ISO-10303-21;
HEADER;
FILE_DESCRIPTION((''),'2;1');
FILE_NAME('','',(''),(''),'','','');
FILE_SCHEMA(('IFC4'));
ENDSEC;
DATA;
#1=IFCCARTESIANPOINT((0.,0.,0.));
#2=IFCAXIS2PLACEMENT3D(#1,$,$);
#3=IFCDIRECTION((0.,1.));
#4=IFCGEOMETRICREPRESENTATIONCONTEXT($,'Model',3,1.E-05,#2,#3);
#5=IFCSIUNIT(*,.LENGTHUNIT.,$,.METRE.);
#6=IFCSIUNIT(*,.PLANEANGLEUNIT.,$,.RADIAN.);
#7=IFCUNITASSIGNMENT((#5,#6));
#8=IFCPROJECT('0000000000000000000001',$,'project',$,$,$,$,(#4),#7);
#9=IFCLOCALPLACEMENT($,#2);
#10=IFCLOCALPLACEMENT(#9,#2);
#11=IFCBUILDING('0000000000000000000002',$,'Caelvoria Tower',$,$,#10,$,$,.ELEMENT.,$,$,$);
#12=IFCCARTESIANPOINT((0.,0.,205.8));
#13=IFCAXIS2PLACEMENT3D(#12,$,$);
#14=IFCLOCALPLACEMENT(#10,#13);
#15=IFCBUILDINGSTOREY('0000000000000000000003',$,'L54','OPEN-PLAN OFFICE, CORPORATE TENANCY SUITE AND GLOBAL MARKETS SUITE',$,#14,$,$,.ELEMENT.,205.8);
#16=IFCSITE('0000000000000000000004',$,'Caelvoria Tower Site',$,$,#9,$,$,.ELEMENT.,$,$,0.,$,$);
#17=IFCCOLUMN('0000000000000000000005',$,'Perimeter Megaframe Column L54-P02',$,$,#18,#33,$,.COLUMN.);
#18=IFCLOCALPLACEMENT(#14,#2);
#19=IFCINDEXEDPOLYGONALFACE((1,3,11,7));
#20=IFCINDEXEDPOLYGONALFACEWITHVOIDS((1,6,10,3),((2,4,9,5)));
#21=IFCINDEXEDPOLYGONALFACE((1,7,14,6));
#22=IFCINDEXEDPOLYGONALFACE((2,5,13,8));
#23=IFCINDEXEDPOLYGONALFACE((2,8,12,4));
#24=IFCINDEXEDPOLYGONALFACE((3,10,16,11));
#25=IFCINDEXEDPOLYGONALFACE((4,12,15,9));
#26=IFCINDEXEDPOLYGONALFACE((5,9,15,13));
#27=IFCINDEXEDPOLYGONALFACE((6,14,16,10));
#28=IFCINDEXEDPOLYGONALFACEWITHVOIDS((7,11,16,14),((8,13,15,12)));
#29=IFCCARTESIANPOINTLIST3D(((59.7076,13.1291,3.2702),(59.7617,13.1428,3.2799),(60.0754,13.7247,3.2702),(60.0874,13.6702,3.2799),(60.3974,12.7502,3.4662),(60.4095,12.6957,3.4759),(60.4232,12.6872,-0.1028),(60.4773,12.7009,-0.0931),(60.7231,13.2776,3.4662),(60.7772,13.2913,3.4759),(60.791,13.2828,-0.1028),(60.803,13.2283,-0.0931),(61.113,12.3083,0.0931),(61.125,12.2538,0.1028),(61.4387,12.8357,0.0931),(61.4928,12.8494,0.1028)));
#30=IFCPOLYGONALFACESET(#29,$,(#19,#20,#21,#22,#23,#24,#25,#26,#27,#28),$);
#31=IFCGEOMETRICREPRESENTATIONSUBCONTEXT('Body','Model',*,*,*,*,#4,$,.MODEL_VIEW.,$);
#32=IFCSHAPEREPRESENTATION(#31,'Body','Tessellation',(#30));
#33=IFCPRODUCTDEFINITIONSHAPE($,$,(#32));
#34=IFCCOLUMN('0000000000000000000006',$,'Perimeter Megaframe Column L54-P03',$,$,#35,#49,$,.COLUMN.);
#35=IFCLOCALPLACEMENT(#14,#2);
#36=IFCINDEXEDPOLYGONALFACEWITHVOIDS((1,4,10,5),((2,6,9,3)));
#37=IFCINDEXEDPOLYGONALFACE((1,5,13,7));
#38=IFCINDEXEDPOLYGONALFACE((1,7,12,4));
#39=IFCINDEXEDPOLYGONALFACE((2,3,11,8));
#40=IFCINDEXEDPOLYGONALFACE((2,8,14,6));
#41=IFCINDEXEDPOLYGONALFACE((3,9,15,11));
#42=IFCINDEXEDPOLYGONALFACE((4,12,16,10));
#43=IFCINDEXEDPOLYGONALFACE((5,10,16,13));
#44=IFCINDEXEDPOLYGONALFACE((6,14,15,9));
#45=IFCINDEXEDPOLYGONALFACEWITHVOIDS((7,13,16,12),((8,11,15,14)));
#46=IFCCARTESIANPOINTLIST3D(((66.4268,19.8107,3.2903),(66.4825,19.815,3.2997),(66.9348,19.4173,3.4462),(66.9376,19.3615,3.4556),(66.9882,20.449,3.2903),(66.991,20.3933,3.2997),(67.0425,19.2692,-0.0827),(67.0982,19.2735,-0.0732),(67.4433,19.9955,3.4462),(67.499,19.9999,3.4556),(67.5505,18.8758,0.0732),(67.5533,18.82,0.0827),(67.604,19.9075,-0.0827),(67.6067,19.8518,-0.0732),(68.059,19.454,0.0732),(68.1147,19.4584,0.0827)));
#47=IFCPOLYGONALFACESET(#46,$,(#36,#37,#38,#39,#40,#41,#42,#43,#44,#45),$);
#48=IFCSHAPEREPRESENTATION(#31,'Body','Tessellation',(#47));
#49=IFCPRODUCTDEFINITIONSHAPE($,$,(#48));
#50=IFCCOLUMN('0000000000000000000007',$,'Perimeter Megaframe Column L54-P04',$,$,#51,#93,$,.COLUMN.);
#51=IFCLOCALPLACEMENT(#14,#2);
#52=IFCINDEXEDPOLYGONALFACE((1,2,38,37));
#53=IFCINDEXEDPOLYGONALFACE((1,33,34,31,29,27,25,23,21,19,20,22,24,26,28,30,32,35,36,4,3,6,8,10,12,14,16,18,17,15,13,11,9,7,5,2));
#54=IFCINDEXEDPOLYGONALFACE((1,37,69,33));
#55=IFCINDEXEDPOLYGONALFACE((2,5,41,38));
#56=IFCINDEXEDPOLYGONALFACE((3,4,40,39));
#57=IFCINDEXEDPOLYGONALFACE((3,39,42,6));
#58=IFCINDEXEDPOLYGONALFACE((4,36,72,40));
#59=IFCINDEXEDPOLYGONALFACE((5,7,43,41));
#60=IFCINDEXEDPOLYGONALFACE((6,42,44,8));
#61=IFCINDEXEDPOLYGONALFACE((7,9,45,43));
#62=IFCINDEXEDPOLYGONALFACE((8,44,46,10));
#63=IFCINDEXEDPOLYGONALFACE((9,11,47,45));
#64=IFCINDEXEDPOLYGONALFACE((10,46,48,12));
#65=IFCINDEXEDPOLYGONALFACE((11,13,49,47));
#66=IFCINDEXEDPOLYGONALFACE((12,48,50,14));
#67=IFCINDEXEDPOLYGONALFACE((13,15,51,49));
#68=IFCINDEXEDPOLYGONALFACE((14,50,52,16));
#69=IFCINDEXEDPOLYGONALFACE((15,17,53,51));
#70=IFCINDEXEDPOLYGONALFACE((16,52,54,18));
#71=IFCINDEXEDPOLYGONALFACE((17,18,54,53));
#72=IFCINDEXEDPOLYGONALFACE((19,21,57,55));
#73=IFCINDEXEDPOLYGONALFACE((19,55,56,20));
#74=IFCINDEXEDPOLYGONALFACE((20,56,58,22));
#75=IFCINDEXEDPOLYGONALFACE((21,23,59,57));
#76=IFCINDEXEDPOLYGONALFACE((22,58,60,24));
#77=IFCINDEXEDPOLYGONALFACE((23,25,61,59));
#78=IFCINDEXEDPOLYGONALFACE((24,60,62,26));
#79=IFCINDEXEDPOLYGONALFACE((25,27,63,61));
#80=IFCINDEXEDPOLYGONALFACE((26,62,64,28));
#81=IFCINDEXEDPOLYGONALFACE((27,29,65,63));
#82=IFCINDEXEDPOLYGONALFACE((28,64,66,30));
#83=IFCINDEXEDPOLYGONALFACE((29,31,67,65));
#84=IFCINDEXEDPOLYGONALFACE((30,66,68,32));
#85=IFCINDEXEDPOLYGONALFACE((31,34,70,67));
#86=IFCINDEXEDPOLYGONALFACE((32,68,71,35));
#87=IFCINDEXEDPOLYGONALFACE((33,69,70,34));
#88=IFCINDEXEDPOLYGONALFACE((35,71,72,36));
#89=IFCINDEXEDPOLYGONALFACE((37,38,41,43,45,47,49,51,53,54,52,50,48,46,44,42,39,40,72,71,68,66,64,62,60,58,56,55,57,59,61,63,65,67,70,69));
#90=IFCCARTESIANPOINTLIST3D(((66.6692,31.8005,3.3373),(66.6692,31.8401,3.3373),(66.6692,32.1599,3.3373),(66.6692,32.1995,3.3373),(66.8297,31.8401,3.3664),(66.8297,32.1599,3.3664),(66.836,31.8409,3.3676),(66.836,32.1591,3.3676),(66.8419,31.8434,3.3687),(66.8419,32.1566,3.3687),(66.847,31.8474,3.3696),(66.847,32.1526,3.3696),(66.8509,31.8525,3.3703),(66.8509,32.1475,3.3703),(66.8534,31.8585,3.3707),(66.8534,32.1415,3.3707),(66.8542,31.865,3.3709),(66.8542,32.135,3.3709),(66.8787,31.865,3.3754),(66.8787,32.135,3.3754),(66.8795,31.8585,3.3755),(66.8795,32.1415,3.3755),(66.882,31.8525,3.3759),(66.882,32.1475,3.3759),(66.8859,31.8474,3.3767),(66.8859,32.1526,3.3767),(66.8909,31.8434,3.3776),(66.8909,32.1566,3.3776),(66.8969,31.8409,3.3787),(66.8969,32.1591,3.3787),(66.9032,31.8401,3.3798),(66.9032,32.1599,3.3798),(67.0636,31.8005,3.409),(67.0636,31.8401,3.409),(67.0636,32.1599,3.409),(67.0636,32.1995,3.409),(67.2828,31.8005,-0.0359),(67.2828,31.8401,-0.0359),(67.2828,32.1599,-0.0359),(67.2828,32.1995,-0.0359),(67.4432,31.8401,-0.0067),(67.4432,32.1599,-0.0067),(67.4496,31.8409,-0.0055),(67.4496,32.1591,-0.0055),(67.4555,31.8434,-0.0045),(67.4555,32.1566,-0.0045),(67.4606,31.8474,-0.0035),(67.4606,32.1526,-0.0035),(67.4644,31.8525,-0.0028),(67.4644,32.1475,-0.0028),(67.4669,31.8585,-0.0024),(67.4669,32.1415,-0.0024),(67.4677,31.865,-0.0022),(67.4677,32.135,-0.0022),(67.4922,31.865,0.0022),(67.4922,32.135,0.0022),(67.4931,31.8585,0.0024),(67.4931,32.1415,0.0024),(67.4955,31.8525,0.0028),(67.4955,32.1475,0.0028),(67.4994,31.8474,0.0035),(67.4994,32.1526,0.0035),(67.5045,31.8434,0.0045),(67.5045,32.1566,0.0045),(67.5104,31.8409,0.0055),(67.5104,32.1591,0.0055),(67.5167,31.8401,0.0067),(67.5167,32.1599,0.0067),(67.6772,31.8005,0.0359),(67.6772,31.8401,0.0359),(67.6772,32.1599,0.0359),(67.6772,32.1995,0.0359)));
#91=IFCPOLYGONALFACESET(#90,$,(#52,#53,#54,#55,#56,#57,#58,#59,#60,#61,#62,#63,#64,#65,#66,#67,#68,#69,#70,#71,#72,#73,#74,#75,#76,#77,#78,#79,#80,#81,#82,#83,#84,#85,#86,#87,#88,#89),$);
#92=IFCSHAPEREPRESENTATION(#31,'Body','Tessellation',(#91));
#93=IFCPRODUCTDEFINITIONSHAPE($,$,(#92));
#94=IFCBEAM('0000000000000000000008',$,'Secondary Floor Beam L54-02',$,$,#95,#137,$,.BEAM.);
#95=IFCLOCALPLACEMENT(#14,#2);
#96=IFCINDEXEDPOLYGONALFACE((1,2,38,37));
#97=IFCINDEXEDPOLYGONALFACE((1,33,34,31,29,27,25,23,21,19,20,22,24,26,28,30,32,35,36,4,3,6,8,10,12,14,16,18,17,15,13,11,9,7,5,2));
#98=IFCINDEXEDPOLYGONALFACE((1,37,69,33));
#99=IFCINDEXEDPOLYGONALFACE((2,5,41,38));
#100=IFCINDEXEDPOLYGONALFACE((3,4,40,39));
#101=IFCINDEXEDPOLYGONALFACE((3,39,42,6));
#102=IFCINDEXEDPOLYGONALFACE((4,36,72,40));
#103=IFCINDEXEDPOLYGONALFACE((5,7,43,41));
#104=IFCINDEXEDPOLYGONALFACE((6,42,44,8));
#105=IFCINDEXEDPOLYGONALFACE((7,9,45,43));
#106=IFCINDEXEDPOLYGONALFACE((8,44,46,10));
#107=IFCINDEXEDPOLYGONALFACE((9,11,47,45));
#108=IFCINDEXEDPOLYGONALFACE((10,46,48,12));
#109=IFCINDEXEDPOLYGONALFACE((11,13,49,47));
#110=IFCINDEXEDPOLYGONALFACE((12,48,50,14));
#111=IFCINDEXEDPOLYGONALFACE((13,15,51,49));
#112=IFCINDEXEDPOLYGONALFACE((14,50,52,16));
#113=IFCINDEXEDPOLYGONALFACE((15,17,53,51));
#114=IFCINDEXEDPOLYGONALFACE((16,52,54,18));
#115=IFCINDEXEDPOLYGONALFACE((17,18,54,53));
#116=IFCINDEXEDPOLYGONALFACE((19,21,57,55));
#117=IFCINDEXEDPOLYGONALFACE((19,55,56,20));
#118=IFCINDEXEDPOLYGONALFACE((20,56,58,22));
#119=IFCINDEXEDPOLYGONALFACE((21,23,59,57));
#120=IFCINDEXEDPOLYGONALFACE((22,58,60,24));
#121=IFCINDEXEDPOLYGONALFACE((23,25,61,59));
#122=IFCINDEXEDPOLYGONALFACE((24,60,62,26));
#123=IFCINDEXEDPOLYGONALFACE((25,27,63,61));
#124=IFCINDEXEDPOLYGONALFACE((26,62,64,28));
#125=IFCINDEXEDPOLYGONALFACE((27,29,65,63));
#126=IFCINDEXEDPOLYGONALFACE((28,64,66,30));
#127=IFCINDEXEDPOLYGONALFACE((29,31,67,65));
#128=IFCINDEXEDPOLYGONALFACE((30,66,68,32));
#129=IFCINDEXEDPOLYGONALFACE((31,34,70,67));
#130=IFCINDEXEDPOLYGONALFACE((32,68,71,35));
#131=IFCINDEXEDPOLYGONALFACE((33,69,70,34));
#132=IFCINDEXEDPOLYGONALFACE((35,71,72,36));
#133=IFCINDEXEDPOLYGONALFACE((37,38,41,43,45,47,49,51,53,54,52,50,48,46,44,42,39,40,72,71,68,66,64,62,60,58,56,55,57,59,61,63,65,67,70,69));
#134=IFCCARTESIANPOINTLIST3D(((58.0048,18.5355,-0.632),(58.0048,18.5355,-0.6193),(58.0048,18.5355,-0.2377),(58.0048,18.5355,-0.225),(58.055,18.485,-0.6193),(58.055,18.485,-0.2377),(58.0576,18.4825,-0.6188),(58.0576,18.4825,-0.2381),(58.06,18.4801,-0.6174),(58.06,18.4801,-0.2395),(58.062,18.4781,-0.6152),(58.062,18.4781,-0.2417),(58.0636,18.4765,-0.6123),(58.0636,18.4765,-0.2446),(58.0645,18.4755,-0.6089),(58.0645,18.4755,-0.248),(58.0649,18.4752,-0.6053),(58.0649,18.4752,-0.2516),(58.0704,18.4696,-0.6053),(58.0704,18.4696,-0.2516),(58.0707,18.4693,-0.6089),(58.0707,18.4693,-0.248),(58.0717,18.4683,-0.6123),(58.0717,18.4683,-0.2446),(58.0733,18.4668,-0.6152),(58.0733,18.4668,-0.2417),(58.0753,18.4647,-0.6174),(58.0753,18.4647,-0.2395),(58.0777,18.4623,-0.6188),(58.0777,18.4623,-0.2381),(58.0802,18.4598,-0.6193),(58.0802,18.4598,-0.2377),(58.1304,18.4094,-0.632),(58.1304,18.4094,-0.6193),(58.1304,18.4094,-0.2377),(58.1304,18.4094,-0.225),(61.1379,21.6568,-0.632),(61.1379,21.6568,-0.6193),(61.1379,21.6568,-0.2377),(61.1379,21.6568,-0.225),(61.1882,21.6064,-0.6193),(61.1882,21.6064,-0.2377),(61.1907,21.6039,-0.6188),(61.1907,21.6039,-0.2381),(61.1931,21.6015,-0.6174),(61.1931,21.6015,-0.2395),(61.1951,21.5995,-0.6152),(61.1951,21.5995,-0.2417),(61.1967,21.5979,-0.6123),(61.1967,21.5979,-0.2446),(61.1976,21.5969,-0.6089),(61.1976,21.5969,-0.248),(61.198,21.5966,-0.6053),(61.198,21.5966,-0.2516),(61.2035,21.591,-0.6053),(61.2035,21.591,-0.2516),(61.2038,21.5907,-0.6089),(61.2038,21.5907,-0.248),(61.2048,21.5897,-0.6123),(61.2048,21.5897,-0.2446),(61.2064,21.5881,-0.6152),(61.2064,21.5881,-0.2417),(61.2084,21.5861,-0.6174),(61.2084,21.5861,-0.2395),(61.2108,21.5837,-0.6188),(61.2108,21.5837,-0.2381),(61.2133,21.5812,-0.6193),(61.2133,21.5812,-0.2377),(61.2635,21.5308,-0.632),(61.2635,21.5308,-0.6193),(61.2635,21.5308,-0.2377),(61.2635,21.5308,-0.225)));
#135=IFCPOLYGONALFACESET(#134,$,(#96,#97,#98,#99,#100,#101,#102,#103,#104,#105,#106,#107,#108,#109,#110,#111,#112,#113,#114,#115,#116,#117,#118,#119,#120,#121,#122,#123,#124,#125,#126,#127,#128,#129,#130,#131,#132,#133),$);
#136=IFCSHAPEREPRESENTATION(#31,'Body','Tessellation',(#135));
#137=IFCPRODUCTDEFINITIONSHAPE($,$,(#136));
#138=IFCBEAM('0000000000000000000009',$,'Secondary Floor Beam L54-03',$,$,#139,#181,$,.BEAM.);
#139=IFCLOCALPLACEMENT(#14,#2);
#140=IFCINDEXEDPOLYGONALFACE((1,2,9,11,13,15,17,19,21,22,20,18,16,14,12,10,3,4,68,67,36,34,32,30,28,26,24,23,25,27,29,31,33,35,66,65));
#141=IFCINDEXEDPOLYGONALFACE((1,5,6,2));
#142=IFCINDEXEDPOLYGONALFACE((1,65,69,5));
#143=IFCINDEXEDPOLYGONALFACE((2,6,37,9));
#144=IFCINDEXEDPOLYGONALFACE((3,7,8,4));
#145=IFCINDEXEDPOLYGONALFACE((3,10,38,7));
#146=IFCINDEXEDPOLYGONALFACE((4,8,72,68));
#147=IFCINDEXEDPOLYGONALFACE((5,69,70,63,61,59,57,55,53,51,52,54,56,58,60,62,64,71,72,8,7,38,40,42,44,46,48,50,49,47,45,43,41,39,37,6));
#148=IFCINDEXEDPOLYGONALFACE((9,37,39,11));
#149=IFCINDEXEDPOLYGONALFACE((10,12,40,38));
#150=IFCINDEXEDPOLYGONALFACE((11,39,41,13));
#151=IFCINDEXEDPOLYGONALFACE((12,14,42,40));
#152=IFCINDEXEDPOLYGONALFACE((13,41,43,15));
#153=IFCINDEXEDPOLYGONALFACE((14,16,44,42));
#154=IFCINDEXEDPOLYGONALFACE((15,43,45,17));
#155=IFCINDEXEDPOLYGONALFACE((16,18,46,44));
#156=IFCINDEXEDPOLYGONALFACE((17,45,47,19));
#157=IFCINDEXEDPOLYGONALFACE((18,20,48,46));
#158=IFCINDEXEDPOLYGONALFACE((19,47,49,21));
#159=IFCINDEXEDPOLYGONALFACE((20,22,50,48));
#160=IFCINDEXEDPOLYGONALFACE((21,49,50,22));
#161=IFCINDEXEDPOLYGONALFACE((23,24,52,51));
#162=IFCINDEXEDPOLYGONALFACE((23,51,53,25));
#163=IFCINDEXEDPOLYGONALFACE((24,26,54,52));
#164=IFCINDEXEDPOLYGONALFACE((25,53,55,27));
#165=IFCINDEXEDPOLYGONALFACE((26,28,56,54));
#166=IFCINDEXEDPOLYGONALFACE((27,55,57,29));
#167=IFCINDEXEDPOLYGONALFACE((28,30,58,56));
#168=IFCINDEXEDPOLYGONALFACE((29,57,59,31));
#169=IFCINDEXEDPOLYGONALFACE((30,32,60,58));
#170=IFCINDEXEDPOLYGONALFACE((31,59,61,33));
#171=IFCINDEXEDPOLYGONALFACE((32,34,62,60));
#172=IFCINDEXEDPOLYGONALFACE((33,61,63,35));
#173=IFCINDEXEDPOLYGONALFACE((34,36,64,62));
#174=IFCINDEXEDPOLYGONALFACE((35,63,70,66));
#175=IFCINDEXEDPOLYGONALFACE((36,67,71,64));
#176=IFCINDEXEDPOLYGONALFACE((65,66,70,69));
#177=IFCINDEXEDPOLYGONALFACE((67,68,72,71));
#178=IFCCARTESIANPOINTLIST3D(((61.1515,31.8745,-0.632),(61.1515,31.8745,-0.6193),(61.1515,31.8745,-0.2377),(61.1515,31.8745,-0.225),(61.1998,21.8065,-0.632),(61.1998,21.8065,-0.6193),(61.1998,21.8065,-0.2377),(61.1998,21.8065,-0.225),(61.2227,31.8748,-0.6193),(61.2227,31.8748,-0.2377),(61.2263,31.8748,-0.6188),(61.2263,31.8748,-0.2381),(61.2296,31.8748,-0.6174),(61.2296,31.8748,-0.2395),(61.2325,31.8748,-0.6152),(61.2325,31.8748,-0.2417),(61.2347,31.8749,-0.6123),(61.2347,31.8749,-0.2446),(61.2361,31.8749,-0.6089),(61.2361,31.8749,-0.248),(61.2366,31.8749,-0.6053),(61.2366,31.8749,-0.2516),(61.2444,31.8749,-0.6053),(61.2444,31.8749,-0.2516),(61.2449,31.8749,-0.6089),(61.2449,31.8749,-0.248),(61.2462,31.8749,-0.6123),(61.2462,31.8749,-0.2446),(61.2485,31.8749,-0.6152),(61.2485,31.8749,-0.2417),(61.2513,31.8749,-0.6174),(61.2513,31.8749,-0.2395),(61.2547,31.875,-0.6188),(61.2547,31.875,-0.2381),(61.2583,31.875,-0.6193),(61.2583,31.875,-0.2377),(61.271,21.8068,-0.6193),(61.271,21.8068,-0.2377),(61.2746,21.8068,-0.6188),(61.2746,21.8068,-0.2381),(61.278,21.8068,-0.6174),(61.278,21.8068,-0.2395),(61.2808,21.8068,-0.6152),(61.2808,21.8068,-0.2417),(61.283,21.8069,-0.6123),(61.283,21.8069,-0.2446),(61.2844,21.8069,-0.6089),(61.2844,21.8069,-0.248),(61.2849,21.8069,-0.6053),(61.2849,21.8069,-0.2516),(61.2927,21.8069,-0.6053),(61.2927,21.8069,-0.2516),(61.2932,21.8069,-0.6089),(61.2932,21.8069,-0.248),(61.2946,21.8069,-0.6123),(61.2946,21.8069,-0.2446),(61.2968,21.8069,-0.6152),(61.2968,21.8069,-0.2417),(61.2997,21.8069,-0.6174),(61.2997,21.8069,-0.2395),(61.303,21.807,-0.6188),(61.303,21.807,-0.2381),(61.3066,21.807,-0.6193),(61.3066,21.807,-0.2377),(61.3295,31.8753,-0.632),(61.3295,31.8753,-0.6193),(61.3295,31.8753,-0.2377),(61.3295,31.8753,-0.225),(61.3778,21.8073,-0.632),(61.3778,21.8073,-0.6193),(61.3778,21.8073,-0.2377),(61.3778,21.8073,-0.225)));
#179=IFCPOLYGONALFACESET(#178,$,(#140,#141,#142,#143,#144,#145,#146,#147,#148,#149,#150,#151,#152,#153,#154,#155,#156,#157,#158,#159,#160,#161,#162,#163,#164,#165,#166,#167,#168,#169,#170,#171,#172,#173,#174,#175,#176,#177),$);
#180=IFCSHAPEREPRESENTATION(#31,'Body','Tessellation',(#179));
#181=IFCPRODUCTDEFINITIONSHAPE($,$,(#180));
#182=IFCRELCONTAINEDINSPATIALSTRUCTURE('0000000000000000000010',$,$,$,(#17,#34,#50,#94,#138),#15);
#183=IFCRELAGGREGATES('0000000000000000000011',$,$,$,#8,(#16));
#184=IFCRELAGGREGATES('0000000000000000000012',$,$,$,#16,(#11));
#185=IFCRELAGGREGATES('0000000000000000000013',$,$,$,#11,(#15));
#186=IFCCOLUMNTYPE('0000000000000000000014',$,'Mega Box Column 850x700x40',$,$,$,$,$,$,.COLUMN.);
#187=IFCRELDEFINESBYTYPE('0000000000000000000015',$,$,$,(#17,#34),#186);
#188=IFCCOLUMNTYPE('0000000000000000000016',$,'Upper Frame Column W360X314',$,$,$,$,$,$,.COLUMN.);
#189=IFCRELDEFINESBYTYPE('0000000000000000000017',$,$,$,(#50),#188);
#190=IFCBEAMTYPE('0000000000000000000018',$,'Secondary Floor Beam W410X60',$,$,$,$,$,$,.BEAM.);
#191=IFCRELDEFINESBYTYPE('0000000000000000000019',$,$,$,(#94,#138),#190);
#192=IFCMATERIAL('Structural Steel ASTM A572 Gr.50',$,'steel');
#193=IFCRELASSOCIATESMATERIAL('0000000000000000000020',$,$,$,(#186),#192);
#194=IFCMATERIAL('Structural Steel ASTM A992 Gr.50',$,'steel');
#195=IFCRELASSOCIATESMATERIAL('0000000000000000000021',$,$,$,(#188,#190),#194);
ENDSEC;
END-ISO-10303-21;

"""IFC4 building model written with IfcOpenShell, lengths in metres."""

from ifc_helpers import new_model, si_unit, direction, frame, origin, origin_2d, place, context, subcontext, project, spatial, hollow_rectangle, i_section, extrude, material, material_profile, profile_set, type_object, element, save


model = new_model("IFC4")

# Units and contexts
model_context = context("Model", 3, precision=1e-05, world=origin(), true_north=direction((0.0, 1.0)))
body_context = subcontext(model_context, "Body", "Model", "MODEL_VIEW")
ifc_project = project(units=[si_unit("LENGTHUNIT", "METRE"), si_unit("PLANEANGLEUNIT", "RADIAN")], contexts=[model_context])

# Site, building, storey
site_placement = place(None, origin())
site = spatial("IfcSite", under=ifc_project, at=site_placement, Name="Caelvoria Tower Site", CompositionType="ELEMENT", RefElevation=0.0)
building_placement = place(site_placement, origin())
building = spatial("IfcBuilding", under=site, at=building_placement, Name="Caelvoria Tower", CompositionType="ELEMENT")
storey_placement = place(building_placement, frame((0.0, 0.0, 205.8)))
storey = spatial("IfcBuildingStorey", under=building, at=storey_placement, Name="L54", Description="OPEN-PLAN OFFICE, CORPORATE TENANCY SUITE AND GLOBAL MARKETS SUITE", CompositionType="ELEMENT", Elevation=205.8)

# Columns
ifc_material_1 = material(Name="Structural Steel ASTM A572 Gr.50", Category="steel")
ifc_material_profile_1 = material_profile(ifc_material_1, hollow_rectangle(XDim=0.7, YDim=0.8501, WallThickness=0.04, at=origin_2d()), Name="Structural Steel ASTM A572 Gr.50")
ifc_profile_set_1 = profile_set([ifc_material_profile_1], Name="BOX850X700X40 - Structural Steel ASTM A572 Gr.50")
column_type_1 = type_object("IfcColumnType", Name="Mega Box Column 850x700x40", PredefinedType="COLUMN", material=ifc_profile_set_1)
column_1_placement = place(storey_placement, frame((60.958, 12.7683, 0.0), z_axis=(-0.205843, 0.127116, 0.970294), x_axis=(-0.525425, -0.85084, 0.0)))
element("IfcColumn", 1, at=column_1_placement, inside=storey, type_object=column_type_1, Name="Perimeter Megaframe Column L54-P02", PredefinedType="COLUMN", context=body_context, shape_type="SweptSolid", body=[
    extrude(hollow_rectangle(XDim=0.7, YDim=0.8501, WallThickness=0.04, at=origin_2d()), origin(), (0.0, 0.0, 1.0), 3.4763),
])
column_2_placement = place(storey_placement, frame((67.5786, 19.3638, 0.0), z_axis=(-0.177376, 0.155995, 0.971701), x_axis=(0.729664, -0.641711, 0.236214)))
element("IfcColumn", 2, at=column_2_placement, inside=storey, type_object=column_type_1, Name="Perimeter Megaframe Column L54-P03", PredefinedType="COLUMN", context=body_context, shape_type="SweptSolid", body=[
    extrude(hollow_rectangle(XDim=0.7, YDim=0.8501, WallThickness=0.04, at=origin_2d()), origin(), (0.0, 0.0, 1.0), 3.4712),
])
ifc_material_2 = material(Name="Structural Steel ASTM A992 Gr.50", Category="steel")
ifc_material_profile_2 = material_profile(ifc_material_2, i_section(OverallWidth=0.4009, OverallDepth=0.3989, WebThickness=0.0249, FlangeThickness=0.0396, FilletRadius=0.0249, at=origin_2d()), Name="Structural Steel ASTM A992 Gr.50")
ifc_profile_set_2 = profile_set([ifc_material_profile_2], Name="W360X314 - Structural Steel ASTM A992 Gr.50")
column_type_2 = type_object("IfcColumnType", Name="Upper Frame Column W360X314", PredefinedType="COLUMN", material=ifc_profile_set_2)
column_3_placement = place(storey_placement, frame((67.48, 32.0, 0.0), z_axis=(-0.178954, 0.0, 0.983857), x_axis=(0.983857, 0.0, 0.178954)))
element("IfcColumn", 3, at=column_3_placement, inside=storey, type_object=column_type_2, Name="Perimeter Megaframe Column L54-P04", PredefinedType="COLUMN", context=body_context, shape_type="SweptSolid", body=[
    extrude(i_section(OverallWidth=0.4009, OverallDepth=0.3989, WebThickness=0.0249, FlangeThickness=0.0396, FilletRadius=0.0249, at=origin_2d()), origin(), (0.0, 0.0, 1.0), 3.4285),
])

# Beams
ifc_material_profile_3 = material_profile(ifc_material_2, i_section(OverallWidth=0.178, OverallDepth=0.407, WebThickness=0.0078, FlangeThickness=0.0127, FilletRadius=0.0139, at=origin_2d()), Name="Structural Steel ASTM A992 Gr.50")
ifc_profile_set_3 = profile_set([ifc_material_profile_3], Name="W410X60 - Structural Steel ASTM A992 Gr.50")
beam_type_1 = type_object("IfcBeamType", Name="Secondary Floor Beam W410X60", PredefinedType="BEAM", material=ifc_profile_set_3)
beam_1_placement = place(storey_placement, frame((58.0676, 18.4724, -0.4285), z_axis=(0.70843, 0.705781, 0.0), x_axis=(-0.705781, 0.70843, 0.0)))
element("IfcBeam", 4, at=beam_1_placement, inside=storey, type_object=beam_type_1, Name="Secondary Floor Beam L54-02", PredefinedType="BEAM", context=body_context, shape_type="SweptSolid", body=[
    extrude(i_section(OverallWidth=0.178, OverallDepth=0.407, WebThickness=0.0078, FlangeThickness=0.0127, FilletRadius=0.0139, at=origin_2d()), origin(), (0.0, 0.0, 1.0), 4.4226),
])
beam_2_placement = place(storey_placement, frame((61.2888, 21.8069, -0.4285), z_axis=(-0.004801, 0.999988, 0.0), x_axis=(-0.999988, -0.004801, 0.0)))
element("IfcBeam", 5, at=beam_2_placement, inside=storey, type_object=beam_type_1, Name="Secondary Floor Beam L54-03", PredefinedType="BEAM", context=body_context, shape_type="SweptSolid", body=[
    extrude(i_section(OverallWidth=0.178, OverallDepth=0.407, WebThickness=0.0078, FlangeThickness=0.0127, FilletRadius=0.0139, at=origin_2d()), origin(), (0.0, 0.0, 1.0), 10.0681),
])

save(model, "model.ifc")
